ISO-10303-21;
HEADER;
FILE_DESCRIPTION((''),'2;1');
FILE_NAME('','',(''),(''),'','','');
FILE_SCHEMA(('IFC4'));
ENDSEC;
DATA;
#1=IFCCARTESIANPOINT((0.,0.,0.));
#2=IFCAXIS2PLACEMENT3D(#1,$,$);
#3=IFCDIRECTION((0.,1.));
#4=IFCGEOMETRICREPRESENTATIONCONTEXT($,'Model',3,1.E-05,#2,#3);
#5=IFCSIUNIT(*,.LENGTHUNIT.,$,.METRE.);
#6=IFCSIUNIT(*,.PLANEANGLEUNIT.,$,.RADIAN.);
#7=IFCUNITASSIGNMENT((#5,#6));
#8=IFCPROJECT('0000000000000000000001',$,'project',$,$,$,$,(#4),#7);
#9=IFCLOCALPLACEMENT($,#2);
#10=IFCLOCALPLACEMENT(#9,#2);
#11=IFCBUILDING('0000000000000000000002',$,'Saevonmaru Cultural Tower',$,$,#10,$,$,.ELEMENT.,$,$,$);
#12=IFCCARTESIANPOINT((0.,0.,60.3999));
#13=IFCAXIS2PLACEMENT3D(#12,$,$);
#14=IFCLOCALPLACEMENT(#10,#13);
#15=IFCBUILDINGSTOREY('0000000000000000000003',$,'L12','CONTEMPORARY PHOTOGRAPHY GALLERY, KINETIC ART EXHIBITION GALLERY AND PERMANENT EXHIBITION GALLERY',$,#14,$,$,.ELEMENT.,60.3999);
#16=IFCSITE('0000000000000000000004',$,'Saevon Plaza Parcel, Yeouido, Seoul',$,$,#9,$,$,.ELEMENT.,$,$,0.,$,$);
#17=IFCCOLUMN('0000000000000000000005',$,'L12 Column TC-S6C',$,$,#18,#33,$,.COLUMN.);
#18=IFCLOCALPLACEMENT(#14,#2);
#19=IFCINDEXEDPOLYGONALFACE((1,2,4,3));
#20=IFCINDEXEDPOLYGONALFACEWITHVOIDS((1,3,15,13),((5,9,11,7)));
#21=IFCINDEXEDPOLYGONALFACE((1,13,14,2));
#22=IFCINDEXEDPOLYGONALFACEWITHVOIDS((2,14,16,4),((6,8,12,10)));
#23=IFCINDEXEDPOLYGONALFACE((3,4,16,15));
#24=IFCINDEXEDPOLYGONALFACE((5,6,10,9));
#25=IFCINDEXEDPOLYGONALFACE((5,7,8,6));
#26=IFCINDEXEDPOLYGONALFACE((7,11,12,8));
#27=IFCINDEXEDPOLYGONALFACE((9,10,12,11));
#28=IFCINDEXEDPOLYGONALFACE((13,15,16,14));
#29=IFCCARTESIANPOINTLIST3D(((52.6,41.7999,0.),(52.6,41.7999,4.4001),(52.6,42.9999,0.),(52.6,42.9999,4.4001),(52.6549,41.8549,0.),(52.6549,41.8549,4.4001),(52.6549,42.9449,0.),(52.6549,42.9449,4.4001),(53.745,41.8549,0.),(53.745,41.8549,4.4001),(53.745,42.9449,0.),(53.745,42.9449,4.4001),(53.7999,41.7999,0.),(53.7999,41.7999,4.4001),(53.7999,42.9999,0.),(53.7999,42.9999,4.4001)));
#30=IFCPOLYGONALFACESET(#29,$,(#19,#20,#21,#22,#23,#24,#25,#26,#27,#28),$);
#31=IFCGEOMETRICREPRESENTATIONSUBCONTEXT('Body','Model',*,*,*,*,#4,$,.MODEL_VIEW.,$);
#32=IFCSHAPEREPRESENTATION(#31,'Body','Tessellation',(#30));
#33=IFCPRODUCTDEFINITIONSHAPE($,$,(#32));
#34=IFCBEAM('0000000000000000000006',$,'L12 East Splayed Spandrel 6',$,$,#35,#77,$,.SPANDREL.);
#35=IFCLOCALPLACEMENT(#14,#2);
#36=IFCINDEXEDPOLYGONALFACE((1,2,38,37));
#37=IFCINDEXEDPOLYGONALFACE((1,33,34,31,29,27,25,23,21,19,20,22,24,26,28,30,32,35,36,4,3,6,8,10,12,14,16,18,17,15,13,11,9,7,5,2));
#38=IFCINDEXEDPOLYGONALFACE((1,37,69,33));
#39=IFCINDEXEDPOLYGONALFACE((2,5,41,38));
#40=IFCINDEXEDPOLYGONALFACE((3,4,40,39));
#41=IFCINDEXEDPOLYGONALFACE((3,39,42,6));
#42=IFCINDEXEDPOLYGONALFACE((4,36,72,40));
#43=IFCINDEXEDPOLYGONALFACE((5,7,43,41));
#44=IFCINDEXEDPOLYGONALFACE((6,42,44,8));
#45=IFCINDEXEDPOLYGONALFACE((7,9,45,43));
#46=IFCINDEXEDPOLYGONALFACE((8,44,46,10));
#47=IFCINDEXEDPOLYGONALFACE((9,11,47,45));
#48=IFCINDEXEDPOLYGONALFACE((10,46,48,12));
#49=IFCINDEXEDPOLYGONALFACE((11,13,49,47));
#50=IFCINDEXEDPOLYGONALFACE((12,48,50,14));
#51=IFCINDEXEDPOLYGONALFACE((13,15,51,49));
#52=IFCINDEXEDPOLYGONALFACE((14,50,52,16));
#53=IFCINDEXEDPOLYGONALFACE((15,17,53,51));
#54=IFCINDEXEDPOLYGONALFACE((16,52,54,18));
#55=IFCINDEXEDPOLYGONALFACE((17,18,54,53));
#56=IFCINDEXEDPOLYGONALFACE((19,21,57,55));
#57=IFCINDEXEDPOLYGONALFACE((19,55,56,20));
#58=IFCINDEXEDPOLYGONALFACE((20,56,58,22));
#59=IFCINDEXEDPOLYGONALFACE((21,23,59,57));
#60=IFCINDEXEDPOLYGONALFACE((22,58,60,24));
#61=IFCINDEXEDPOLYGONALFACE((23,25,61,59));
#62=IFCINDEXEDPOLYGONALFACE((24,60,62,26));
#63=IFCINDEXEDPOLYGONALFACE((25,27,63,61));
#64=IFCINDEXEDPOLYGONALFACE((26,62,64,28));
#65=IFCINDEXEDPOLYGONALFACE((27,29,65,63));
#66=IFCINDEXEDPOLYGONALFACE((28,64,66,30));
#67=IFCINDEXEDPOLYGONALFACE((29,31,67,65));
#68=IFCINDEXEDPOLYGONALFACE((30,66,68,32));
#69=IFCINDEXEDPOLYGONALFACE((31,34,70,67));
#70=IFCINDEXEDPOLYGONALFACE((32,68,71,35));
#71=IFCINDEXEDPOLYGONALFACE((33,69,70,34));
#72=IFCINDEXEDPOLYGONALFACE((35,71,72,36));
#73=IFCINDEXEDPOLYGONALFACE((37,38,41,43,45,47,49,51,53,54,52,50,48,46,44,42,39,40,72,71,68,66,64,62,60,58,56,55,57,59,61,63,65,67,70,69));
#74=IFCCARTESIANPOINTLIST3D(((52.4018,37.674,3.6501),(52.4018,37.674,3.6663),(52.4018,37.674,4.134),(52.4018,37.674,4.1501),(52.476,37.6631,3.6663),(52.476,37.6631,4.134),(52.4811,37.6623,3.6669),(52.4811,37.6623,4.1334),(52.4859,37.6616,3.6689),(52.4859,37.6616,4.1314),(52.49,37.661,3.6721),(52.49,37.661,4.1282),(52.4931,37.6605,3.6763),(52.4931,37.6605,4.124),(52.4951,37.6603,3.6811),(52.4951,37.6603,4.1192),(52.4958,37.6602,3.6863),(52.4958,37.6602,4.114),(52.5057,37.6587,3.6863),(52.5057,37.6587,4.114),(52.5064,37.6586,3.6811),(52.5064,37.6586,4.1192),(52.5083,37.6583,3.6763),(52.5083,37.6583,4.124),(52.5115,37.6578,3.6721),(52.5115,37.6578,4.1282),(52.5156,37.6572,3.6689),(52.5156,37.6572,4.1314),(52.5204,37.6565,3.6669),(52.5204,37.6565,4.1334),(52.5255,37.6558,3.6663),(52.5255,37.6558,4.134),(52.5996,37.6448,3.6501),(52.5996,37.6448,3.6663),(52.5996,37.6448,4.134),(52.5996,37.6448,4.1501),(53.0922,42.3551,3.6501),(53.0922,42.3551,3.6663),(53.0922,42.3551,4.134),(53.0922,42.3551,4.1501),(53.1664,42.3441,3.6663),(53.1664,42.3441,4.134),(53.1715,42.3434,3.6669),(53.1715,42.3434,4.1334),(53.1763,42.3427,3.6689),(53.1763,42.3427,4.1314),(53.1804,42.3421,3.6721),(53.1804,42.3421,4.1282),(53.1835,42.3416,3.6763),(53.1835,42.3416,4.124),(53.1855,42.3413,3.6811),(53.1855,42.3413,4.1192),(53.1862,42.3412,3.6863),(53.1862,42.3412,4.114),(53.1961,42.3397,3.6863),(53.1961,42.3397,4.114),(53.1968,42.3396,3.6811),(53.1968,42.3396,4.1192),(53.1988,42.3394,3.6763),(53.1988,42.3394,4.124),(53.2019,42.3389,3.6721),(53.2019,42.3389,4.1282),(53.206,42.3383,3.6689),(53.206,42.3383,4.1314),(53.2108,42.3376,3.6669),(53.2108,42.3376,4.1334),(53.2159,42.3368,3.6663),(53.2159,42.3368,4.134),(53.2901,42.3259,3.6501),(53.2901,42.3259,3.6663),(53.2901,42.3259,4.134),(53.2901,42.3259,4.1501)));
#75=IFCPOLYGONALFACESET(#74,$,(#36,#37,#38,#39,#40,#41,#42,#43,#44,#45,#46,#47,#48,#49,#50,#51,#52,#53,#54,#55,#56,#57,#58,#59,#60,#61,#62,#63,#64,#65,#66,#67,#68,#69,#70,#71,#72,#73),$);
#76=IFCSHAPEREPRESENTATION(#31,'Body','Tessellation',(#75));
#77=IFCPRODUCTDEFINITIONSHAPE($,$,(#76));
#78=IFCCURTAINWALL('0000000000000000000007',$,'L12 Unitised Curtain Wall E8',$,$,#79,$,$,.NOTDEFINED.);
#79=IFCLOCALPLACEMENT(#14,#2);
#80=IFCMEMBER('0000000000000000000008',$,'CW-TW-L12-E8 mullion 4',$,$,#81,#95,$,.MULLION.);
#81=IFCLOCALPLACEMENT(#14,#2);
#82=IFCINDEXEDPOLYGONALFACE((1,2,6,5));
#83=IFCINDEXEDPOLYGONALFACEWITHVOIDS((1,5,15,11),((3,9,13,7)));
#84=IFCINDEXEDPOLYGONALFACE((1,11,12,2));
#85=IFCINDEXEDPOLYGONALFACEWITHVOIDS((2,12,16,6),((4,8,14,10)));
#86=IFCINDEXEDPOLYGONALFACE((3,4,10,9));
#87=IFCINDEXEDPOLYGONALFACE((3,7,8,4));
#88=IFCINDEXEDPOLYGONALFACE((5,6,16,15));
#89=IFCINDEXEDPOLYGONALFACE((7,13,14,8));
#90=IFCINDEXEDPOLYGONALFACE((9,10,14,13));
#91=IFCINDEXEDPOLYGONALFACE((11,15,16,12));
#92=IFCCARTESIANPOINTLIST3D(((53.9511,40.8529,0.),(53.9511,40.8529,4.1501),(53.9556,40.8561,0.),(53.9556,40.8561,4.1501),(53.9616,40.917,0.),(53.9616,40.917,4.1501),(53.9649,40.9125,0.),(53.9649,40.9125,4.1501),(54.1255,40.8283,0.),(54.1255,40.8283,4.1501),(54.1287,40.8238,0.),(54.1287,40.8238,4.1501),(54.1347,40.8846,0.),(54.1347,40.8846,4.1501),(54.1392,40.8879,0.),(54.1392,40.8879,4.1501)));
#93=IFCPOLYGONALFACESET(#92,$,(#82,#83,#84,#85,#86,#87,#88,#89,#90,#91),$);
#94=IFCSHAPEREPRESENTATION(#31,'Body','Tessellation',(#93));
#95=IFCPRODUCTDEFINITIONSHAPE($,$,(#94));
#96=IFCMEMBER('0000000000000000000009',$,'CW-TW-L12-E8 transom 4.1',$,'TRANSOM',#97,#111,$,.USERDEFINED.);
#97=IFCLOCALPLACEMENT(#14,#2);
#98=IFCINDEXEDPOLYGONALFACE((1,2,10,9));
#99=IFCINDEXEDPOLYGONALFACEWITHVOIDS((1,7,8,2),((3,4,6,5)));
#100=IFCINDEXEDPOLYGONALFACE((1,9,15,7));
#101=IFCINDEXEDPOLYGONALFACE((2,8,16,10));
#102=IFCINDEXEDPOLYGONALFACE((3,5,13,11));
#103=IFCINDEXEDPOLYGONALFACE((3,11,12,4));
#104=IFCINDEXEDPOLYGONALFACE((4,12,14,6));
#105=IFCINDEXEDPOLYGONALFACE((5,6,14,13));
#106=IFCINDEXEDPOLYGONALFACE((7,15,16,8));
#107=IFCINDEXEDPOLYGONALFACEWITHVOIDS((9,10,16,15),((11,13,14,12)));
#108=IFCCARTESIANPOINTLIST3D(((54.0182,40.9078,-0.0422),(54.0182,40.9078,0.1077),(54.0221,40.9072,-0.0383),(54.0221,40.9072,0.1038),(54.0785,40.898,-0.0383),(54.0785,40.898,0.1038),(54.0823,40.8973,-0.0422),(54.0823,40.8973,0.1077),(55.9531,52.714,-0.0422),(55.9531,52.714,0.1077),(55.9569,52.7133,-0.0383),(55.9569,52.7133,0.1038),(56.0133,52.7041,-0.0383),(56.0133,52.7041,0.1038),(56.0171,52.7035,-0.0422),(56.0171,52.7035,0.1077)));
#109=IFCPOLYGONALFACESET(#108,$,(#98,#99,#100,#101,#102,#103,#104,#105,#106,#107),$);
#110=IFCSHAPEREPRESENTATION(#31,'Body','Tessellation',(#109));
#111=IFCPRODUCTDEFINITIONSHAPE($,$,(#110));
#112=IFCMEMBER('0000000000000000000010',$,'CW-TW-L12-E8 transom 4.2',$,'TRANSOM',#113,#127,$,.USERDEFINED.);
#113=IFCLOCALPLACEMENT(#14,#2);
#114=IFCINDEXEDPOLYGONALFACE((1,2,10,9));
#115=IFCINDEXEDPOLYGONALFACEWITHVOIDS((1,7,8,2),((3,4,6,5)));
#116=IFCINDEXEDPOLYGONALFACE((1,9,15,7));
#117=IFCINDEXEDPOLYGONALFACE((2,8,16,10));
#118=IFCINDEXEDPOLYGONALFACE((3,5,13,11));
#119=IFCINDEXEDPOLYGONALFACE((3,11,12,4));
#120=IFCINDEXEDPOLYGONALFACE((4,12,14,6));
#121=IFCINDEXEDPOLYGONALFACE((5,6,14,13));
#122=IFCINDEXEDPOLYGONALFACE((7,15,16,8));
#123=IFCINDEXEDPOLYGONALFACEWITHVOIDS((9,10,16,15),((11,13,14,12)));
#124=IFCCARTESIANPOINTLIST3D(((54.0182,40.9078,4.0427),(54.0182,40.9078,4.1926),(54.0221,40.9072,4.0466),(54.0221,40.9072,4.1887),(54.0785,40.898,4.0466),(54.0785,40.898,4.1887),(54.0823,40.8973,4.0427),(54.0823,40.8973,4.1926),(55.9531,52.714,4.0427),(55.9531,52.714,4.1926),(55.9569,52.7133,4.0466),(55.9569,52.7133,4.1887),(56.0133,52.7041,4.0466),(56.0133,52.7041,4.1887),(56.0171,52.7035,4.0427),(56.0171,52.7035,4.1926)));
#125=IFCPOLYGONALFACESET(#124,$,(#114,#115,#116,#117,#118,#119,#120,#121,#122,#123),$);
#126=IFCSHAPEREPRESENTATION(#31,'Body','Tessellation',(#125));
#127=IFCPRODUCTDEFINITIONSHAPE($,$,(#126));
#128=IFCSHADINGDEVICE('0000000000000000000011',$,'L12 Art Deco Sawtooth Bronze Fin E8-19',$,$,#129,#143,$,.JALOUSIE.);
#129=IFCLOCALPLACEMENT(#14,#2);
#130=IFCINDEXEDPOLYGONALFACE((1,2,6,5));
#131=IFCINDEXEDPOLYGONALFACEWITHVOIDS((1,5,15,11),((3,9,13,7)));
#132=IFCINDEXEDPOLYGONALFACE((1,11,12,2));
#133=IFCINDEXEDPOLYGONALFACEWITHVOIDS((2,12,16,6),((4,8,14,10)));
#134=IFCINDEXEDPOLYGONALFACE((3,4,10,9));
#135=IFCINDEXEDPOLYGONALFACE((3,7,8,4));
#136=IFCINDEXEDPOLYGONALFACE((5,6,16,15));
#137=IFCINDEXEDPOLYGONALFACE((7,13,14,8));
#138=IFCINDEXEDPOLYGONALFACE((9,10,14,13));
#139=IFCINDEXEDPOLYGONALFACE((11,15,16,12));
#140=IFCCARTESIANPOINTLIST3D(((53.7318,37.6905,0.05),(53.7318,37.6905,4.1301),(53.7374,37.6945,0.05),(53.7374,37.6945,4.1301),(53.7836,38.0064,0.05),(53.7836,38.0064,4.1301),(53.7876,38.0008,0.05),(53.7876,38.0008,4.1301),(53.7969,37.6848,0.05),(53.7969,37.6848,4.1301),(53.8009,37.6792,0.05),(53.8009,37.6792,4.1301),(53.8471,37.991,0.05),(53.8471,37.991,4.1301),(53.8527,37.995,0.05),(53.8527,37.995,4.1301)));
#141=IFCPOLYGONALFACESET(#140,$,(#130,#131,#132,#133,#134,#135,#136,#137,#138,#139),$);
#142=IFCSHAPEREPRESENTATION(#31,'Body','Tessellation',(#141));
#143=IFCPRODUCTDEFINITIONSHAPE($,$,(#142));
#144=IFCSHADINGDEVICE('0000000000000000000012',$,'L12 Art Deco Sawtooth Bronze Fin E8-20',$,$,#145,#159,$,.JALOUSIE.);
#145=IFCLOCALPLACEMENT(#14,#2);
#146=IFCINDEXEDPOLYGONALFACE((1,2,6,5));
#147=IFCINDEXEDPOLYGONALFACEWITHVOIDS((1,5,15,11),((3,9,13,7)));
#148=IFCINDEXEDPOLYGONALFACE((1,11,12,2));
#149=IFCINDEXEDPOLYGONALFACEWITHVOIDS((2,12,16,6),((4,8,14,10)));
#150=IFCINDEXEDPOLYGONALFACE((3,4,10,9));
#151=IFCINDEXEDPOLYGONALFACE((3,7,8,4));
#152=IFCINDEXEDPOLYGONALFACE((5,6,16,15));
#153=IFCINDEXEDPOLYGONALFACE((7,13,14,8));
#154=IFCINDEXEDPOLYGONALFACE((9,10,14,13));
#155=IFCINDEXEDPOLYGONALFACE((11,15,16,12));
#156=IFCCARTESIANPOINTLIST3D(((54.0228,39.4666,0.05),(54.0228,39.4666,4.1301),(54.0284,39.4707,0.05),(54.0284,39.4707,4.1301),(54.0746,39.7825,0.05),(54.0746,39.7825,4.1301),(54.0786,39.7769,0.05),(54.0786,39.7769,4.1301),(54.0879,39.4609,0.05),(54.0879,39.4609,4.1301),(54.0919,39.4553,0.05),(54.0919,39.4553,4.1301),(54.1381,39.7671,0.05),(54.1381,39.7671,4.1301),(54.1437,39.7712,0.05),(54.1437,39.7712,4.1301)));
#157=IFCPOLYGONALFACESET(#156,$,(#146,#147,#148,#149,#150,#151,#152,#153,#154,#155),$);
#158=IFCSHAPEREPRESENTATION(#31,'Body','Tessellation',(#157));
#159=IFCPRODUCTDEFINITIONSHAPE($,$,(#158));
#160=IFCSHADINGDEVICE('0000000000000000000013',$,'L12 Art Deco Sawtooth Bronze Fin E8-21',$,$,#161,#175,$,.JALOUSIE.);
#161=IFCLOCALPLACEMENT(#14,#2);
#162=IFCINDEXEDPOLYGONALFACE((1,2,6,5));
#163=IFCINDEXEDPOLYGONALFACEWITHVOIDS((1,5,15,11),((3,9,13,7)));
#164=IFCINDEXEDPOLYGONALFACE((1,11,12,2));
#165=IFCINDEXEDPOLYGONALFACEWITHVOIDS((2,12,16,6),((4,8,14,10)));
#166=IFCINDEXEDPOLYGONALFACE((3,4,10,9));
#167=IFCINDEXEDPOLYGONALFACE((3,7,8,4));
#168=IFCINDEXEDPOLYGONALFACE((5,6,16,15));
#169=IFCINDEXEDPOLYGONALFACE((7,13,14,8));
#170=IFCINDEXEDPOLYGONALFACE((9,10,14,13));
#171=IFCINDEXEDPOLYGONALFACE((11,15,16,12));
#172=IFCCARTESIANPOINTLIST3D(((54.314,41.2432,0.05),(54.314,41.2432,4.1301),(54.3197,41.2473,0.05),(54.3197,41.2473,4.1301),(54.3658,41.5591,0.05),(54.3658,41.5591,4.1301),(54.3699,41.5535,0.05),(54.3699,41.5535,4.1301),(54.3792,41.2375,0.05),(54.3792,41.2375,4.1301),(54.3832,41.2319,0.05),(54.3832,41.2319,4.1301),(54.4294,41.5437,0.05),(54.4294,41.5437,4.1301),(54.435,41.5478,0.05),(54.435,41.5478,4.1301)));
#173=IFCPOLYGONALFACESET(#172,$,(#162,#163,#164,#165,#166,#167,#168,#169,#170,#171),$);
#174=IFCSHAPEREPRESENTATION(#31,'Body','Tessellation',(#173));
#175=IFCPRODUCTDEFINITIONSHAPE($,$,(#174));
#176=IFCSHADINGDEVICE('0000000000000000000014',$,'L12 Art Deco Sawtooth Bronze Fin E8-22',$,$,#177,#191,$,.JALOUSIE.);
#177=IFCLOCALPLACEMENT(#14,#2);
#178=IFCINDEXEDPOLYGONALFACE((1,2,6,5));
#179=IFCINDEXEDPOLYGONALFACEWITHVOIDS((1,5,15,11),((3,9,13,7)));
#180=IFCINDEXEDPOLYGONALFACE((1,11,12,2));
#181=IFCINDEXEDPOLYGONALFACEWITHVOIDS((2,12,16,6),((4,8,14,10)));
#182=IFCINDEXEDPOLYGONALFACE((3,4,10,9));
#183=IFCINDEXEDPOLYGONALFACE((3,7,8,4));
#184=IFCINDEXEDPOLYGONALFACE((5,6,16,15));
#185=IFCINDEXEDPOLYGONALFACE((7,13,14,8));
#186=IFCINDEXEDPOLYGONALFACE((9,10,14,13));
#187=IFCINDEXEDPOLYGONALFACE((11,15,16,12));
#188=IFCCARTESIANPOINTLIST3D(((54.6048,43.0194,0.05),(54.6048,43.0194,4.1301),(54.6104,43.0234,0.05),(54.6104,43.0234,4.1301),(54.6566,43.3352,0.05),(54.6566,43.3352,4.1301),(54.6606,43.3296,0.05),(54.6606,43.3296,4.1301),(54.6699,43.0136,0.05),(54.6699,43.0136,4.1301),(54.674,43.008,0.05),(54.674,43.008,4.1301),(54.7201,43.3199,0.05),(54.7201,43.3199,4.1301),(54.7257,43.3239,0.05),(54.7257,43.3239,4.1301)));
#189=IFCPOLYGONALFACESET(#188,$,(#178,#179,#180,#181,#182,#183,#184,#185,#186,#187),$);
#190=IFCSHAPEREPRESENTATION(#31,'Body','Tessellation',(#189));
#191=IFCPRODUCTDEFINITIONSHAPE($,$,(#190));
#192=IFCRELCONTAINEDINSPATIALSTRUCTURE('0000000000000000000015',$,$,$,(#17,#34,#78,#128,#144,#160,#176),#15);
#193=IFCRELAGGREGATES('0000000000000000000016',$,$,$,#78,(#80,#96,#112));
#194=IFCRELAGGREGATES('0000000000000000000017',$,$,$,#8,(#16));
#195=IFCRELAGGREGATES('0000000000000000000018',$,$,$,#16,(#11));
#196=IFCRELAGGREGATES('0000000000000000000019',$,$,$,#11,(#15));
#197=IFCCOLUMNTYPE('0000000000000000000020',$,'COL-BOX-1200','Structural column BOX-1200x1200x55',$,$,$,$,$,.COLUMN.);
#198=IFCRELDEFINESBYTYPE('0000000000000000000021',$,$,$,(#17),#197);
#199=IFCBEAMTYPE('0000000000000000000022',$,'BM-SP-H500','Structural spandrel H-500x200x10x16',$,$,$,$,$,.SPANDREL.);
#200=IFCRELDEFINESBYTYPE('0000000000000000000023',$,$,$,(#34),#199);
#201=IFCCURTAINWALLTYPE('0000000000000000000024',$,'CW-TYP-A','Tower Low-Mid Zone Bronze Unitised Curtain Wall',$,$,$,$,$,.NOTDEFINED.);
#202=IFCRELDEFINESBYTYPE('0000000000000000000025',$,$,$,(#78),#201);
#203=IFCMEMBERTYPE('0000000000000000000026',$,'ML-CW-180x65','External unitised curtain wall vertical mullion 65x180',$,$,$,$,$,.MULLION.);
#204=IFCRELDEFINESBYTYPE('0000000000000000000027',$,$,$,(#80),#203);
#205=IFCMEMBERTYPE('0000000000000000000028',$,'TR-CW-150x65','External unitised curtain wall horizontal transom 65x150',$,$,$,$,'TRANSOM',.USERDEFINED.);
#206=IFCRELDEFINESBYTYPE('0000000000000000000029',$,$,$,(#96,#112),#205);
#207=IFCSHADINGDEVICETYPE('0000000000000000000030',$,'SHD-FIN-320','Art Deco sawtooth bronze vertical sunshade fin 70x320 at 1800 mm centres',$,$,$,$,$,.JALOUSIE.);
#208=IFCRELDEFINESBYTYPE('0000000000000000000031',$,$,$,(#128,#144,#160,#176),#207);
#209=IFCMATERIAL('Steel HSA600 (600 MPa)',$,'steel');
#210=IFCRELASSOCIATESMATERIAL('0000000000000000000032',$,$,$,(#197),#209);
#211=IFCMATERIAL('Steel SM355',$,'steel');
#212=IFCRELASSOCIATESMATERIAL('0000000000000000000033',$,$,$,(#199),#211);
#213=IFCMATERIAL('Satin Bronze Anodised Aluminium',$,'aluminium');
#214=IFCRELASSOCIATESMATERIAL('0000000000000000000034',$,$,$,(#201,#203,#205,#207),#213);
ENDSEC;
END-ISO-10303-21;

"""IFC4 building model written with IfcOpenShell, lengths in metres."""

from ifc_helpers import new_model, si_unit, direction, frame, origin, origin_2d, place, context, subcontext, project, spatial, hollow_rectangle, i_section, extrude, material, material_profile, profile_set, type_object, element, aggregate, save


model = new_model("IFC4")

# Units and contexts
model_context = context("Model", 3, precision=1e-05, world=origin(), true_north=direction((0.0, 1.0)))
body_context = subcontext(model_context, "Body", "Model", "MODEL_VIEW")
ifc_project = project(units=[si_unit("LENGTHUNIT", "METRE"), si_unit("PLANEANGLEUNIT", "RADIAN")], contexts=[model_context])

# Site, building, storey
site_placement = place(None, origin())
site = spatial("IfcSite", under=ifc_project, at=site_placement, Name="Saevon Plaza Parcel, Yeouido, Seoul", CompositionType="ELEMENT", RefElevation=0.0)
building_placement = place(site_placement, origin())
building = spatial("IfcBuilding", under=site, at=building_placement, Name="Saevonmaru Cultural Tower", CompositionType="ELEMENT")
storey_placement = place(building_placement, frame((0.0, 0.0, 60.3999)))
storey = spatial("IfcBuildingStorey", under=building, at=storey_placement, Name="L12", Description="CONTEMPORARY PHOTOGRAPHY GALLERY, KINETIC ART EXHIBITION GALLERY AND PERMANENT EXHIBITION GALLERY", CompositionType="ELEMENT", Elevation=60.3999)

# Column
ifc_material_1 = material(Name="Steel HSA600 (600 MPa)", Category="steel")
ifc_material_profile_1 = material_profile(ifc_material_1, hollow_rectangle(XDim=1.2, YDim=1.2, WallThickness=0.0549, at=origin_2d()), Name="BOX-1200x1200x55")
ifc_profile_set_1 = profile_set([ifc_material_profile_1], Name="Steel HSA600 (600 MPa)")
column_type = type_object("IfcColumnType", Name="COL-BOX-1200", Description="Structural column BOX-1200x1200x55", PredefinedType="COLUMN", material=ifc_profile_set_1)
column_placement = place(storey_placement, frame((53.2, 42.3999, 0.0), z_axis=(0.0, 0.0, 1.0), x_axis=(1.0, 0.0, 0.0)))
element("IfcColumn", 1, at=column_placement, inside=storey, type_object=column_type, Name="L12 Column TC-S6C", PredefinedType="COLUMN", context=body_context, shape_type="SweptSolid", body=[
    extrude(hollow_rectangle(XDim=1.2, YDim=1.2, WallThickness=0.0549, at=origin_2d()), origin(), (0.0, 0.0, 1.0), 4.4001),
])

# Beam
ifc_material_2 = material(Name="Steel SM355", Category="steel")
ifc_material_profile_2 = material_profile(ifc_material_2, i_section(OverallWidth=0.2, OverallDepth=0.5, WebThickness=0.01, FlangeThickness=0.0161, FilletRadius=0.02, at=origin_2d()), Name="H-500x200x10x16")
ifc_profile_set_2 = profile_set([ifc_material_profile_2], Name="Steel SM355")
beam_type = type_object("IfcBeamType", Name="BM-SP-H500", Description="Structural spandrel H-500x200x10x16", PredefinedType="SPANDREL", material=ifc_profile_set_2)
beam_placement = place(storey_placement, frame((52.5007, 37.6594, 3.9001), z_axis=(0.145913, 0.989297, 0.0), x_axis=(-0.989297, 0.145913, 0.0)))
element("IfcBeam", 2, at=beam_placement, inside=storey, type_object=beam_type, Name="L12 East Splayed Spandrel 6", PredefinedType="SPANDREL", context=body_context, shape_type="SweptSolid", body=[
    extrude(i_section(OverallWidth=0.2, OverallDepth=0.5, WebThickness=0.01, FlangeThickness=0.0161, FilletRadius=0.02, at=origin_2d()), origin(), (0.0, 0.0, 1.0), 4.7317),
])

# Curtain wall, members
ifc_material_3 = material(Name="Satin Bronze Anodised Aluminium", Category="aluminium")
curtain_wall_type = type_object("IfcCurtainWallType", Name="CW-TYP-A", Description="Tower Low-Mid Zone Bronze Unitised Curtain Wall", PredefinedType="NOTDEFINED", material=ifc_material_3)
curtain_wall_placement = place(storey_placement, origin())
curtain_wall = element("IfcCurtainWall", 3, at=curtain_wall_placement, inside=storey, type_object=curtain_wall_type, Name="L12 Unitised Curtain Wall E8", PredefinedType="NOTDEFINED")
ifc_material_profile_3 = material_profile(ifc_material_3, hollow_rectangle(XDim=0.0649, YDim=0.1799, WallThickness=0.0039, at=origin_2d()), Name="ALU-MULL-180x65x4")
ifc_profile_set_3 = profile_set([ifc_material_profile_3], Name="Satin Bronze Anodised Aluminium")
member_type_1 = type_object("IfcMemberType", Name="ML-CW-180x65", Description="External unitised curtain wall vertical mullion 65x180", PredefinedType="MULLION", material=ifc_profile_set_3)
member_1_placement = place(storey_placement, frame((54.0452, 40.8704, 0.0), z_axis=(0.0, 0.0, 1.0), x_axis=(0.161709, 0.986839, 0.0)))
member_1 = element("IfcMember", 4, at=member_1_placement, type_object=member_type_1, Name="CW-TW-L12-E8 mullion 4", PredefinedType="MULLION", context=body_context, shape_type="SweptSolid", body=[
    extrude(hollow_rectangle(XDim=0.0649, YDim=0.1799, WallThickness=0.0039, at=origin_2d()), origin(), (0.0, 0.0, 1.0), 4.1501),
])
ifc_material_profile_4 = material_profile(ifc_material_3, hollow_rectangle(XDim=0.0649, YDim=0.1499, WallThickness=0.0039, at=origin_2d()), Name="ALU-TRAN-150x65x4")
ifc_profile_set_4 = profile_set([ifc_material_profile_4], Name="Satin Bronze Anodised Aluminium")
member_type_2 = type_object("IfcMemberType", Name="TR-CW-150x65", Description="External unitised curtain wall horizontal transom 65x150", ElementType="TRANSOM", PredefinedType="USERDEFINED", material=ifc_profile_set_4)
member_2_placement = place(storey_placement, frame((54.0503, 40.9026, 0.0327), z_axis=(0.161725, 0.986836, 0.0), x_axis=(-0.986836, 0.161725, 0.0)))
member_2 = element("IfcMember", 5, at=member_2_placement, type_object=member_type_2, Name="CW-TW-L12-E8 transom 4.1", ObjectType="TRANSOM", PredefinedType="USERDEFINED", context=body_context, shape_type="SweptSolid", body=[
    extrude(hollow_rectangle(XDim=0.0649, YDim=0.1499, WallThickness=0.0039, at=origin_2d()), origin(), (0.0, 0.0, 1.0), 11.9636),
])
member_3_placement = place(storey_placement, frame((54.0503, 40.9026, 4.1177), z_axis=(0.161725, 0.986836, 0.0), x_axis=(-0.986836, 0.161725, 0.0)))
member_3 = element("IfcMember", 6, at=member_3_placement, type_object=member_type_2, Name="CW-TW-L12-E8 transom 4.2", ObjectType="TRANSOM", PredefinedType="USERDEFINED", context=body_context, shape_type="SweptSolid", body=[
    extrude(hollow_rectangle(XDim=0.0649, YDim=0.1499, WallThickness=0.0039, at=origin_2d()), origin(), (0.0, 0.0, 1.0), 11.9636),
])
aggregate(curtain_wall, [member_1, member_2, member_3])

# Shading devices
ifc_material_profile_5 = material_profile(ifc_material_3, hollow_rectangle(XDim=0.0701, YDim=0.3201, WallThickness=0.0049, at=origin_2d()), Name="FIN-320x70")
ifc_profile_set_5 = profile_set([ifc_material_profile_5], Name="Satin Bronze Anodised Aluminium")
shading_device_type = type_object("IfcShadingDeviceType", Name="SHD-FIN-320", Description="Art Deco sawtooth bronze vertical sunshade fin 70x320 at 1800 mm centres", PredefinedType="JALOUSIE", material=ifc_profile_set_5)
for number, where, z_axis, x_axis, name in (
    (7, (53.7922, 37.8428, 0.05), (0.0, 0.0, 1.0), (0.986827, -0.161776, 0.0), "L12 Art Deco Sawtooth Bronze Fin E8-19"),
    (8, (54.0833, 39.6189, 0.05), (0.0, 0.0, 1.0), (0.986827, -0.161776, 0.0), "L12 Art Deco Sawtooth Bronze Fin E8-20"),
    (9, (54.3745, 41.3955, 0.05), (0.0, 0.0, 1.0), (0.986827, -0.161776, 0.0), "L12 Art Deco Sawtooth Bronze Fin E8-21"),
    (10, (54.6653, 43.1716, 0.05), (0.0, 0.0, 1.0), (0.986827, -0.161776, 0.0), "L12 Art Deco Sawtooth Bronze Fin E8-22"),
):
    element("IfcShadingDevice", number, at=place(storey_placement, frame(where, z_axis=z_axis, x_axis=x_axis)), inside=storey, type_object=shading_device_type, Name=name, PredefinedType="JALOUSIE", context=body_context, shape_type="SweptSolid", body=[
        extrude(hollow_rectangle(XDim=0.0701, YDim=0.3201, WallThickness=0.0049, at=origin_2d()), origin(), (0.0, 0.0, 1.0), 4.0801),
    ])

save(model, "model.ifc")
